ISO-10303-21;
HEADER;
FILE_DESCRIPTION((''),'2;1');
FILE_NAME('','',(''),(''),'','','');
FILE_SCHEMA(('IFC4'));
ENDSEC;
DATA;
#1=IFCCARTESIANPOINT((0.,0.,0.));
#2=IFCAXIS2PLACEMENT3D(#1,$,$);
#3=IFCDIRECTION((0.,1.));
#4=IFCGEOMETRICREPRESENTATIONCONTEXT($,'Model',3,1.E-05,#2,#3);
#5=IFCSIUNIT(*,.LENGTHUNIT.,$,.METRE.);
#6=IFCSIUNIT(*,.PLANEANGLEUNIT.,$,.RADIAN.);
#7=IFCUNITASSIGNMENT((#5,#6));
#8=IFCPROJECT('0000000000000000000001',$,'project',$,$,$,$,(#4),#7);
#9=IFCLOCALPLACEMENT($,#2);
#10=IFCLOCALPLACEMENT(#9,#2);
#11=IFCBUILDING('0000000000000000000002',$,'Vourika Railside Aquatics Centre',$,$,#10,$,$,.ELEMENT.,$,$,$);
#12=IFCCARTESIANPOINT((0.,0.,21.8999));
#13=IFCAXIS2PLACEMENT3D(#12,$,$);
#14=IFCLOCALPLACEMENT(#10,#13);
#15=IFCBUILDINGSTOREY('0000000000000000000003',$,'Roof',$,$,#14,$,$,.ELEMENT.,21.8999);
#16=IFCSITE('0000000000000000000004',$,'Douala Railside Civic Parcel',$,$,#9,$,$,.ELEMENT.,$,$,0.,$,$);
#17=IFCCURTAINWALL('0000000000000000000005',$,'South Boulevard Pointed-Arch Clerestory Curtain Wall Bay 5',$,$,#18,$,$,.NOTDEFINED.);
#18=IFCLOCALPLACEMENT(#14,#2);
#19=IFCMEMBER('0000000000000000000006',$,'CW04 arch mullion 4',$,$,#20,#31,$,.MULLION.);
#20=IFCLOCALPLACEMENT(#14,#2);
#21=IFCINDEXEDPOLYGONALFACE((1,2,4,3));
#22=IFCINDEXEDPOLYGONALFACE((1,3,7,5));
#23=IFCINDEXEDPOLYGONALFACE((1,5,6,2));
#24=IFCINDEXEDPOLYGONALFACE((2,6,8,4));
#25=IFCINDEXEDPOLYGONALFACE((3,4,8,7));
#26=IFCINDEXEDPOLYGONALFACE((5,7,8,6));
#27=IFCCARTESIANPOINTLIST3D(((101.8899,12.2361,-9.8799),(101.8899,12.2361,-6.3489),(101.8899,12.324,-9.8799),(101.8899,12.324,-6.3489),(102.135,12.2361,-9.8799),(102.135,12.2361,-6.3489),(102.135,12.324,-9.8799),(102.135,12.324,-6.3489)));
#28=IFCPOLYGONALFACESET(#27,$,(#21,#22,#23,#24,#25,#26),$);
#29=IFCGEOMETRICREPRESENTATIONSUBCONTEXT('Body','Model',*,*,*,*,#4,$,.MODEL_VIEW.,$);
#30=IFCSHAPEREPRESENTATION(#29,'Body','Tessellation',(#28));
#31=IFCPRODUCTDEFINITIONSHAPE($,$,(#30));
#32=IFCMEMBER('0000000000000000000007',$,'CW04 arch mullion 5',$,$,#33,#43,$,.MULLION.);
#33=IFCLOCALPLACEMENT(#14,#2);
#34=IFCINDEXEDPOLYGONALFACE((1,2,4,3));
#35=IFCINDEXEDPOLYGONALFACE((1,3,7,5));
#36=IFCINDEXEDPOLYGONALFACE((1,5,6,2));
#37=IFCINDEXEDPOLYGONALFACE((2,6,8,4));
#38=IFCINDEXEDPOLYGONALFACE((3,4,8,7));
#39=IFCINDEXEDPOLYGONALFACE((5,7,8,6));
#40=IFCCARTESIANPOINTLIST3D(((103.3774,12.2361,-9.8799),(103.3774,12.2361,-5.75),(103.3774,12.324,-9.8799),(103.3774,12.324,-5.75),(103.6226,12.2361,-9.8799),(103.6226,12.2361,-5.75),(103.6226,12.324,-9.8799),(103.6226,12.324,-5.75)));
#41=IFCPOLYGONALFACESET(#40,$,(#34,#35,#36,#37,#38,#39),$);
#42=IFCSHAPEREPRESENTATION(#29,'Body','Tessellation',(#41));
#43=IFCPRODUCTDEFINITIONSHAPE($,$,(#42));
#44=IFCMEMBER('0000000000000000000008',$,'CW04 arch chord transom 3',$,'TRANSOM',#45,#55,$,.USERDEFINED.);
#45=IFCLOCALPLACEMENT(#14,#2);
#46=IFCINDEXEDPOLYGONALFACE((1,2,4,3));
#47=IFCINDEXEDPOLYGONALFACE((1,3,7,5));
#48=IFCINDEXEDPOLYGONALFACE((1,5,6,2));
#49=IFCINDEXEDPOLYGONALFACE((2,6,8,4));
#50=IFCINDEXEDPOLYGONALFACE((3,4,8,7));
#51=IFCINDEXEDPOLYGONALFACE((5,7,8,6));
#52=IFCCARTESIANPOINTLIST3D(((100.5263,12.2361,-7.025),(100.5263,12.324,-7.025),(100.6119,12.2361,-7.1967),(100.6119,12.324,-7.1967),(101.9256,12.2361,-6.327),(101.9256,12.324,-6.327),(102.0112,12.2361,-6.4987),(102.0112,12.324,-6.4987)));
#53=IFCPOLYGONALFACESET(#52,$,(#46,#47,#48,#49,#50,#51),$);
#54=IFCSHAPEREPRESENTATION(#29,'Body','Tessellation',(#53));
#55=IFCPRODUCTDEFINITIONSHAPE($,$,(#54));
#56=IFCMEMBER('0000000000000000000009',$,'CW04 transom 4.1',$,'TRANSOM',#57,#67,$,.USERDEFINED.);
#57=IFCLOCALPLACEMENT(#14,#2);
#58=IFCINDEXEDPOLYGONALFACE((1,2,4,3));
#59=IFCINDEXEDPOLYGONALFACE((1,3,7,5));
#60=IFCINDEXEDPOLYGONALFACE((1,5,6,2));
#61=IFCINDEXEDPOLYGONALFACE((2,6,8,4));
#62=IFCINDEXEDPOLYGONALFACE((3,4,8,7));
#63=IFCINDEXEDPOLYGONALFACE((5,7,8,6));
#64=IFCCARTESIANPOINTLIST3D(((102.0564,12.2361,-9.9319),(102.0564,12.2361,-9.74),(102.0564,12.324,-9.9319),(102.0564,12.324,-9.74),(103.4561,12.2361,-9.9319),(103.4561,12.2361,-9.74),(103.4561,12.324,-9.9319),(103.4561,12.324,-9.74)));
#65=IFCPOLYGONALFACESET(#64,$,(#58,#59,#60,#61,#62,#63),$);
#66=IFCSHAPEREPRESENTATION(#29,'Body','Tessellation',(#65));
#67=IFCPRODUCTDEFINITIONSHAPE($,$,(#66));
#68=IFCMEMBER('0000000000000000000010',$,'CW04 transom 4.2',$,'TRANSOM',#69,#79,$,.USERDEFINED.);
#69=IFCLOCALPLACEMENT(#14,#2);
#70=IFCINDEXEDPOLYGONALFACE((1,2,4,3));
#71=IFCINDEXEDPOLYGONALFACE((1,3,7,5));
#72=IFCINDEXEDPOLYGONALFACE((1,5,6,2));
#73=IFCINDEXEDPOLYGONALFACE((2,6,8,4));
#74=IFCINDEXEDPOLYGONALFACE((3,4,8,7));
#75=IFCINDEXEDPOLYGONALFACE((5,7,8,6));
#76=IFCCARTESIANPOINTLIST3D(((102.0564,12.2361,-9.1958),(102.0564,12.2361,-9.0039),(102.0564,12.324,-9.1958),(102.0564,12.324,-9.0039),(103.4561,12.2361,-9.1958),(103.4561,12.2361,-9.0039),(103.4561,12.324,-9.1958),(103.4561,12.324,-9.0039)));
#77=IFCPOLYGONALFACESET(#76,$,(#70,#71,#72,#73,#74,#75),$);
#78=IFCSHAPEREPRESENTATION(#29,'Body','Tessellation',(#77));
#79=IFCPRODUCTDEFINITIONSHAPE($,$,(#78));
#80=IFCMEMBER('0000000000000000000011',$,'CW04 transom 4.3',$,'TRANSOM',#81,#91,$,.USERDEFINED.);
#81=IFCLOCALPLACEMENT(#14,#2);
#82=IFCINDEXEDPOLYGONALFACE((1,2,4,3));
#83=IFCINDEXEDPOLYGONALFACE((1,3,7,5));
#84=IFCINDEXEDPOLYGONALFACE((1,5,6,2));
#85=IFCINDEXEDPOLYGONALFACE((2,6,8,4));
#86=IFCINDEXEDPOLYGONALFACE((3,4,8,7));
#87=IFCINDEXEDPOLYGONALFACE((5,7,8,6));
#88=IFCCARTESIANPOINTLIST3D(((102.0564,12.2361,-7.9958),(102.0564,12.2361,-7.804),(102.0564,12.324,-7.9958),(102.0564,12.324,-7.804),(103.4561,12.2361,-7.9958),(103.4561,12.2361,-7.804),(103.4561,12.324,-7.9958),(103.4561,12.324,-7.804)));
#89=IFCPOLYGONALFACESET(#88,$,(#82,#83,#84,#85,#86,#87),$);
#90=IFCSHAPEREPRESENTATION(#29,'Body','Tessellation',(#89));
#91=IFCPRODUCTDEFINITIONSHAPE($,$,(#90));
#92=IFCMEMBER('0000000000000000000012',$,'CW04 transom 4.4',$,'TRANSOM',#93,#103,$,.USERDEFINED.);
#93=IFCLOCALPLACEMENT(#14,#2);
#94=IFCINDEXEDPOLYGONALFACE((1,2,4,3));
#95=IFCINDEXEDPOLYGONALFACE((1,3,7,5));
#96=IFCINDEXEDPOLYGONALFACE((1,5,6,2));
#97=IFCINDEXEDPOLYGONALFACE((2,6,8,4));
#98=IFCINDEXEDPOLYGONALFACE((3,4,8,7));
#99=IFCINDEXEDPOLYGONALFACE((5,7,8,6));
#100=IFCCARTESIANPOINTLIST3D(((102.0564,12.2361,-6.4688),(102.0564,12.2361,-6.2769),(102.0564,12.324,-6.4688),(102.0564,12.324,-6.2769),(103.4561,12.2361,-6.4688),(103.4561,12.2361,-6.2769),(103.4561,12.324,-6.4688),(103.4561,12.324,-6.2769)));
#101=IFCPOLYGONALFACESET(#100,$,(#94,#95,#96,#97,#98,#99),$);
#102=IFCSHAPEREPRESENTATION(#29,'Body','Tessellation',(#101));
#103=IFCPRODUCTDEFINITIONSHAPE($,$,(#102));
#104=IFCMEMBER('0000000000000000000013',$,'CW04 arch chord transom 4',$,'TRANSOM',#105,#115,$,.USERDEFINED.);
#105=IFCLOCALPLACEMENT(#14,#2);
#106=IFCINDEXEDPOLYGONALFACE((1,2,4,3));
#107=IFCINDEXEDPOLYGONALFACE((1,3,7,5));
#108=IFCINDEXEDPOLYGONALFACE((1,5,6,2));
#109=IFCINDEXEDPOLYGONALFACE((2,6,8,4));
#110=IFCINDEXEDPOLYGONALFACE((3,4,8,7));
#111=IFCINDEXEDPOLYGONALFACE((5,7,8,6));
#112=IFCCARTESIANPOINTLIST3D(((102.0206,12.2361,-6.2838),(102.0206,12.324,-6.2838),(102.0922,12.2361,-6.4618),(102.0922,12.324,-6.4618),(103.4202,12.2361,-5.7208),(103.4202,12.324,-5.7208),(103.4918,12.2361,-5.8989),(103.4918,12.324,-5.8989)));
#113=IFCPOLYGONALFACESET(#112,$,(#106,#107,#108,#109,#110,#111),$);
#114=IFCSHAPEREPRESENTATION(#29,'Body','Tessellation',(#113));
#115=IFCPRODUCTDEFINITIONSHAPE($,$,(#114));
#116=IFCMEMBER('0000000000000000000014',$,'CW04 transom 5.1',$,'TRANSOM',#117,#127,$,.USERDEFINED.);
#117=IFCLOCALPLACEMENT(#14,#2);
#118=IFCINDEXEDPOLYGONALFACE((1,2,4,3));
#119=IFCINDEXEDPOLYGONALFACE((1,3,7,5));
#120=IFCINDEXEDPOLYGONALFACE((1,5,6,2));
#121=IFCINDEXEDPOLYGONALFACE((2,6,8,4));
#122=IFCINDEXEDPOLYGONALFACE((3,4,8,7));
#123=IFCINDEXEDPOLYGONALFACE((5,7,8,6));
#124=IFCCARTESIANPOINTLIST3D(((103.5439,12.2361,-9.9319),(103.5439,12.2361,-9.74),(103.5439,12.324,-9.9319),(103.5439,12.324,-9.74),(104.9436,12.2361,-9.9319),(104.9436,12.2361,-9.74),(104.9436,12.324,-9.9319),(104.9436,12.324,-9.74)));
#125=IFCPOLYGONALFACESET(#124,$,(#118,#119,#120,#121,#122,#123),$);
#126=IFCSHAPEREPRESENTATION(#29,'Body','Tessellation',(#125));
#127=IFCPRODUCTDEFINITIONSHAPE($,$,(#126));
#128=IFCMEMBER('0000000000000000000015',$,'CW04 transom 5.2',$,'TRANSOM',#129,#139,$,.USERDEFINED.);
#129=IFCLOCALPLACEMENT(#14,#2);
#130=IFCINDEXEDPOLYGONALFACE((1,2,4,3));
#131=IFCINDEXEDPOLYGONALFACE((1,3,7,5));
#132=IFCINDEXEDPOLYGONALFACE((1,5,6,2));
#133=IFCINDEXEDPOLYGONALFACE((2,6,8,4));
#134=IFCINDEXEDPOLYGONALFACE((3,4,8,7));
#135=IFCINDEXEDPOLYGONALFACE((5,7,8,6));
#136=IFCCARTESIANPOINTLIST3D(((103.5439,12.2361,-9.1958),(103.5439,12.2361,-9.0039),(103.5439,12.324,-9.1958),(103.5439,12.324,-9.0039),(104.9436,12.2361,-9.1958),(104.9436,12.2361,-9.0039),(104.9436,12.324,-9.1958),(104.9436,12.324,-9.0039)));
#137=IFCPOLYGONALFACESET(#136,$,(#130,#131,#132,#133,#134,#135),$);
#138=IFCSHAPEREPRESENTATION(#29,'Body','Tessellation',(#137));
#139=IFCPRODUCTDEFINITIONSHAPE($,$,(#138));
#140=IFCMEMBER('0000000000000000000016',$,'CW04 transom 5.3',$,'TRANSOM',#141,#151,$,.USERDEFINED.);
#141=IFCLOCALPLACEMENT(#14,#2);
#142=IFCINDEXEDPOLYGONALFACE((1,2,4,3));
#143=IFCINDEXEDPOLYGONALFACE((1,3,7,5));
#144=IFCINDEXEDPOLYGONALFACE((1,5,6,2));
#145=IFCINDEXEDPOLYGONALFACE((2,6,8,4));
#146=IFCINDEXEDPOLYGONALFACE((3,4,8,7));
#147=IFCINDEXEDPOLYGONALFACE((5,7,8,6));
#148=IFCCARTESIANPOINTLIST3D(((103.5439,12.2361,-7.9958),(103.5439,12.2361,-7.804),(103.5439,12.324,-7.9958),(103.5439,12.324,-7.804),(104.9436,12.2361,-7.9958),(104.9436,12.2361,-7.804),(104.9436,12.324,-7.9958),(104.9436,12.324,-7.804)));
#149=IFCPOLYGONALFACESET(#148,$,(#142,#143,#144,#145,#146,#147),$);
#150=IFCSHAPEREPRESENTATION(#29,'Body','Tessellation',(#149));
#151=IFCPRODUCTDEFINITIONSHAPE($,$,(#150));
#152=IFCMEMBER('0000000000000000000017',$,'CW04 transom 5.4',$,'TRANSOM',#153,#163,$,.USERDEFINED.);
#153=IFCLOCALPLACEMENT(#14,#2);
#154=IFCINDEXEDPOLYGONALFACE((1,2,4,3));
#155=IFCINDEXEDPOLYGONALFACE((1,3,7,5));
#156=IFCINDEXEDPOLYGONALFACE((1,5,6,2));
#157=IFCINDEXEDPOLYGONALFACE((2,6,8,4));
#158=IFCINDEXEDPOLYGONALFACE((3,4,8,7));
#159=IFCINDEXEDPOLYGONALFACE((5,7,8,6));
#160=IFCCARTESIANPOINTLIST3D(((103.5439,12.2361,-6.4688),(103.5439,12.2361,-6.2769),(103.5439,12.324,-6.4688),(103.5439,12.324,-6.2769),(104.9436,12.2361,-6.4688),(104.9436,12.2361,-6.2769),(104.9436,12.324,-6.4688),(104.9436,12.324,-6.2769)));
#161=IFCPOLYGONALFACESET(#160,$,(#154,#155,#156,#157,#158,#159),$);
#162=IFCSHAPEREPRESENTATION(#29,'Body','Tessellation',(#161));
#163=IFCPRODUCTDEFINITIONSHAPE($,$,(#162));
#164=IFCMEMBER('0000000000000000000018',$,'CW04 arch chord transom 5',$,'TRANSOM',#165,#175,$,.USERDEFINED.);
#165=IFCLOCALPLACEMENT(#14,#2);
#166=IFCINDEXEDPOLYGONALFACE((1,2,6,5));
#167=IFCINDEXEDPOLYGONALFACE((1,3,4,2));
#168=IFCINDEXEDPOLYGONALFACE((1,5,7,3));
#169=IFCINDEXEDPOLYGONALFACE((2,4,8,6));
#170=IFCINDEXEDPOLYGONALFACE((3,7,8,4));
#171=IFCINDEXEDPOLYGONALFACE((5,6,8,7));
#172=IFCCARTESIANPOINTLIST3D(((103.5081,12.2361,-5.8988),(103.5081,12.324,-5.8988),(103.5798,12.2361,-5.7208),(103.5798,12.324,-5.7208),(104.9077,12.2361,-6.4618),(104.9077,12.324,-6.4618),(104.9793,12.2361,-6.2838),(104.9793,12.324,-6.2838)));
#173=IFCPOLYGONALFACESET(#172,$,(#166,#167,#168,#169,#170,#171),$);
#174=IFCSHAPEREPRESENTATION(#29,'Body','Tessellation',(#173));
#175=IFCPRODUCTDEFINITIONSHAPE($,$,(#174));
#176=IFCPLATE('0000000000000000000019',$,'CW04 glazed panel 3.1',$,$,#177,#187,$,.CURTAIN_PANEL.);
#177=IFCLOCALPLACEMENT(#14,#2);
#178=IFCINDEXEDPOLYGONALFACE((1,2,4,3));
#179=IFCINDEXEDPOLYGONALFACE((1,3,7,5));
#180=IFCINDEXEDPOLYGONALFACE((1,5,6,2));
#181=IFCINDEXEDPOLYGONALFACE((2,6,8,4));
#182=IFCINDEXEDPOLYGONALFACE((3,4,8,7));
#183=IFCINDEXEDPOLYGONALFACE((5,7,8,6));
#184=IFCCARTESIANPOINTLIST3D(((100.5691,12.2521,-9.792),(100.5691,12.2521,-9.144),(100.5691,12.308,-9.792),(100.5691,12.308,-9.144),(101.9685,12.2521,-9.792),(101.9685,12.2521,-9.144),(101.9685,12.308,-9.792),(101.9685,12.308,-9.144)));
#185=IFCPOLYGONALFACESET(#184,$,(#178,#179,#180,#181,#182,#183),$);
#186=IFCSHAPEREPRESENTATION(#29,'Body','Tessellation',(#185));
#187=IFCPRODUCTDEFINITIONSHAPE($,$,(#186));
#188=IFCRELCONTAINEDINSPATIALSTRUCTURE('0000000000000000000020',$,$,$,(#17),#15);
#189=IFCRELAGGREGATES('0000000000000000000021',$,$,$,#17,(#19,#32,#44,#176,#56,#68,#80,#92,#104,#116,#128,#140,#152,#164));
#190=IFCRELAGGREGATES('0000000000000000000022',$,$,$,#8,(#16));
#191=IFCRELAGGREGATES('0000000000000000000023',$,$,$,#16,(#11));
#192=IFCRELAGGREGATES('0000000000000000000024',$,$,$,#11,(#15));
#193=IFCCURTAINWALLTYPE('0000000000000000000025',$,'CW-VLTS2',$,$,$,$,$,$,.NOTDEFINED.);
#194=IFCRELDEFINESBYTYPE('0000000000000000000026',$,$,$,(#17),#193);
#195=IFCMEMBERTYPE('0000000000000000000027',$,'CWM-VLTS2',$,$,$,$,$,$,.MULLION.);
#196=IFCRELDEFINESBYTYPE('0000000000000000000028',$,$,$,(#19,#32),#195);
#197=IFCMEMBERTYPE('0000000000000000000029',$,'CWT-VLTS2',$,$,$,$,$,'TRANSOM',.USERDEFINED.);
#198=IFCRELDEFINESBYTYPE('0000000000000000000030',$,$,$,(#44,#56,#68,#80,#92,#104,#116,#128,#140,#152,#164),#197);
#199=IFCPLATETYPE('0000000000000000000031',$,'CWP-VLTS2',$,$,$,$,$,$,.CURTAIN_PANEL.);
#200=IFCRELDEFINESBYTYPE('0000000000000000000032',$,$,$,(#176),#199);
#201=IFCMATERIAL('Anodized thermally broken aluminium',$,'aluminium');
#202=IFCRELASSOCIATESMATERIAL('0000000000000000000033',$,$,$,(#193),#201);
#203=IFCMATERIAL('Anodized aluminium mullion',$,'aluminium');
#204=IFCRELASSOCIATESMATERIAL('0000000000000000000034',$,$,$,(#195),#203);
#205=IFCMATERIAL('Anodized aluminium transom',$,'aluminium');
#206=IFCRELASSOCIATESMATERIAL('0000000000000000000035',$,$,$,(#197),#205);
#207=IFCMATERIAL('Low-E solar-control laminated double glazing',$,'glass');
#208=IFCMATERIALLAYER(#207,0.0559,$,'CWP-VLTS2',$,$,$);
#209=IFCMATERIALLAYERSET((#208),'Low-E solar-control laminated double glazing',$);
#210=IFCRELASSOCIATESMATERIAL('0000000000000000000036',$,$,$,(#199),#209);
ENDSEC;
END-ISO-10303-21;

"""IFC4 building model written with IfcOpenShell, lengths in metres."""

from ifc_helpers import new_model, si_unit, direction, frame, origin, origin_2d, place, context, subcontext, project, spatial, rectangle, extrude, material, layer, layer_set, material_profile, profile_set, type_object, element, aggregate, save


model = new_model("IFC4")

# Units and contexts
model_context = context("Model", 3, precision=1e-05, world=origin(), true_north=direction((0.0, 1.0)))
body_context = subcontext(model_context, "Body", "Model", "MODEL_VIEW")
ifc_project = project(units=[si_unit("LENGTHUNIT", "METRE"), si_unit("PLANEANGLEUNIT", "RADIAN")], contexts=[model_context])

# Site, building, storey
site_placement = place(None, origin())
site = spatial("IfcSite", under=ifc_project, at=site_placement, Name="Douala Railside Civic Parcel", CompositionType="ELEMENT", RefElevation=0.0)
building_placement = place(site_placement, origin())
building = spatial("IfcBuilding", under=site, at=building_placement, Name="Vourika Railside Aquatics Centre", CompositionType="ELEMENT")
storey_placement = place(building_placement, frame((0.0, 0.0, 21.8999)))
storey = spatial("IfcBuildingStorey", under=building, at=storey_placement, Name="Roof", CompositionType="ELEMENT", Elevation=21.8999)

# Curtain wall, members, plate
ifc_material_1 = material(Name="Anodized thermally broken aluminium", Category="aluminium")
curtain_wall_type = type_object("IfcCurtainWallType", Name="CW-VLTS2", PredefinedType="NOTDEFINED", material=ifc_material_1)
curtain_wall_placement = place(storey_placement, origin())
curtain_wall = element("IfcCurtainWall", 1, at=curtain_wall_placement, inside=storey, type_object=curtain_wall_type, Name="South Boulevard Pointed-Arch Clerestory Curtain Wall Bay 5", PredefinedType="NOTDEFINED")
ifc_material_2 = material(Name="Anodized aluminium mullion", Category="aluminium")
ifc_material_profile_1 = material_profile(ifc_material_2, rectangle(XDim=0.0879, YDim=0.2451, at=origin_2d()), Name="ALU-M 88x245")
ifc_profile_set_1 = profile_set([ifc_material_profile_1], Name="Anodized aluminium mullion")
member_type_1 = type_object("IfcMemberType", Name="CWM-VLTS2", PredefinedType="MULLION", material=ifc_profile_set_1)
member_1_placement = place(storey_placement, frame((102.0125, 12.28, -9.8799), z_axis=(0.0, 0.0, 1.0), x_axis=(0.0, 1.0, 0.0)))
member_1 = element("IfcMember", 2, at=member_1_placement, type_object=member_type_1, Name="CW04 arch mullion 4", PredefinedType="MULLION", context=body_context, shape_type="SweptSolid", body=[
    extrude(rectangle(XDim=0.0879, YDim=0.2451, at=origin_2d()), origin(), (0.0, 0.0, 1.0), 3.531),
])
member_2_placement = place(storey_placement, frame((103.5, 12.28, -9.8799), z_axis=(0.0, 0.0, 1.0), x_axis=(0.0, 1.0, 0.0)))
member_2 = element("IfcMember", 3, at=member_2_placement, type_object=member_type_1, Name="CW04 arch mullion 5", PredefinedType="MULLION", context=body_context, shape_type="SweptSolid", body=[
    extrude(rectangle(XDim=0.0879, YDim=0.2451, at=origin_2d()), origin(), (0.0, 0.0, 1.0), 4.1299),
])
ifc_material_3 = material(Name="Anodized aluminium transom", Category="aluminium")
ifc_material_profile_2 = material_profile(ifc_material_3, rectangle(XDim=0.0879, YDim=0.1919, at=origin_2d()), Name="ALU-T 88x192")
ifc_profile_set_2 = profile_set([ifc_material_profile_2], Name="Anodized aluminium transom")
member_type_2 = type_object("IfcMemberType", Name="CWT-VLTS2", ElementType="TRANSOM", PredefinedType="USERDEFINED", material=ifc_profile_set_2)
member_3_placement = place(storey_placement, frame((100.5691, 12.28, -7.1108), z_axis=(0.894864, 0.0, 0.446339), x_axis=(0.0, 1.0, 0.0)))
member_3 = element("IfcMember", 4, at=member_3_placement, type_object=member_type_2, Name="CW04 arch chord transom 3", ObjectType="TRANSOM", PredefinedType="USERDEFINED", context=body_context, shape_type="SweptSolid", body=[
    extrude(rectangle(XDim=0.0879, YDim=0.1919, at=origin_2d()), origin(), (0.0, 0.0, 1.0), 1.5637),
])
member_4_placement = place(storey_placement, frame((102.0564, 12.28, -9.8359), z_axis=(1.0, 0.0, 0.0), x_axis=(0.0, 1.0, 0.0)))
member_4 = element("IfcMember", 5, at=member_4_placement, type_object=member_type_2, Name="CW04 transom 4.1", ObjectType="TRANSOM", PredefinedType="USERDEFINED", context=body_context, shape_type="SweptSolid", body=[
    extrude(rectangle(XDim=0.0879, YDim=0.1919, at=origin_2d()), origin(), (0.0, 0.0, 1.0), 1.3997),
])
member_5_placement = place(storey_placement, frame((102.0564, 12.28, -9.0999), z_axis=(1.0, 0.0, 0.0), x_axis=(0.0, 1.0, 0.0)))
member_5 = element("IfcMember", 6, at=member_5_placement, type_object=member_type_2, Name="CW04 transom 4.2", ObjectType="TRANSOM", PredefinedType="USERDEFINED", context=body_context, shape_type="SweptSolid", body=[
    extrude(rectangle(XDim=0.0879, YDim=0.1919, at=origin_2d()), origin(), (0.0, 0.0, 1.0), 1.3997),
])
member_6_placement = place(storey_placement, frame((102.0564, 12.28, -7.8999), z_axis=(1.0, 0.0, 0.0), x_axis=(0.0, 1.0, 0.0)))
member_6 = element("IfcMember", 7, at=member_6_placement, type_object=member_type_2, Name="CW04 transom 4.3", ObjectType="TRANSOM", PredefinedType="USERDEFINED", context=body_context, shape_type="SweptSolid", body=[
    extrude(rectangle(XDim=0.0879, YDim=0.1919, at=origin_2d()), origin(), (0.0, 0.0, 1.0), 1.3997),
])
member_7_placement = place(storey_placement, frame((102.0564, 12.28, -6.3728), z_axis=(1.0, 0.0, 0.0), x_axis=(0.0, 1.0, 0.0)))
member_7 = element("IfcMember", 8, at=member_7_placement, type_object=member_type_2, Name="CW04 transom 4.4", ObjectType="TRANSOM", PredefinedType="USERDEFINED", context=body_context, shape_type="SweptSolid", body=[
    extrude(rectangle(XDim=0.0879, YDim=0.1919, at=origin_2d()), origin(), (0.0, 0.0, 1.0), 1.3997),
])
member_8_placement = place(storey_placement, frame((102.0564, 12.28, -6.3728), z_axis=(0.927761, 0.0, 0.373176), x_axis=(0.0, 1.0, 0.0)))
member_8 = element("IfcMember", 9, at=member_8_placement, type_object=member_type_2, Name="CW04 arch chord transom 4", ObjectType="TRANSOM", PredefinedType="USERDEFINED", context=body_context, shape_type="SweptSolid", body=[
    extrude(rectangle(XDim=0.0879, YDim=0.1919, at=origin_2d()), origin(), (0.0, 0.0, 1.0), 1.5085),
])
member_9_placement = place(storey_placement, frame((103.5439, 12.28, -9.8359), z_axis=(1.0, 0.0, 0.0), x_axis=(0.0, 1.0, 0.0)))
member_9 = element("IfcMember", 10, at=member_9_placement, type_object=member_type_2, Name="CW04 transom 5.1", ObjectType="TRANSOM", PredefinedType="USERDEFINED", context=body_context, shape_type="SweptSolid", body=[
    extrude(rectangle(XDim=0.0879, YDim=0.1919, at=origin_2d()), origin(), (0.0, 0.0, 1.0), 1.3997),
])
member_10_placement = place(storey_placement, frame((103.5439, 12.28, -9.0999), z_axis=(1.0, 0.0, 0.0), x_axis=(0.0, 1.0, 0.0)))
member_10 = element("IfcMember", 11, at=member_10_placement, type_object=member_type_2, Name="CW04 transom 5.2", ObjectType="TRANSOM", PredefinedType="USERDEFINED", context=body_context, shape_type="SweptSolid", body=[
    extrude(rectangle(XDim=0.0879, YDim=0.1919, at=origin_2d()), origin(), (0.0, 0.0, 1.0), 1.3997),
])
member_11_placement = place(storey_placement, frame((103.5439, 12.28, -7.8999), z_axis=(1.0, 0.0, 0.0), x_axis=(0.0, 1.0, 0.0)))
member_11 = element("IfcMember", 12, at=member_11_placement, type_object=member_type_2, Name="CW04 transom 5.3", ObjectType="TRANSOM", PredefinedType="USERDEFINED", context=body_context, shape_type="SweptSolid", body=[
    extrude(rectangle(XDim=0.0879, YDim=0.1919, at=origin_2d()), origin(), (0.0, 0.0, 1.0), 1.3997),
])
member_12_placement = place(storey_placement, frame((103.5439, 12.28, -6.3728), z_axis=(1.0, 0.0, 0.0), x_axis=(0.0, 1.0, 0.0)))
member_12 = element("IfcMember", 13, at=member_12_placement, type_object=member_type_2, Name="CW04 transom 5.4", ObjectType="TRANSOM", PredefinedType="USERDEFINED", context=body_context, shape_type="SweptSolid", body=[
    extrude(rectangle(XDim=0.0879, YDim=0.1919, at=origin_2d()), origin(), (0.0, 0.0, 1.0), 1.3997),
])
member_13_placement = place(storey_placement, frame((103.5439, 12.28, -5.8098), z_axis=(0.927761, 0.0, -0.373176), x_axis=(0.0, 1.0, 0.0)))
member_13 = element("IfcMember", 14, at=member_13_placement, type_object=member_type_2, Name="CW04 arch chord transom 5", ObjectType="TRANSOM", PredefinedType="USERDEFINED", context=body_context, shape_type="SweptSolid", body=[
    extrude(rectangle(XDim=0.0879, YDim=0.1919, at=origin_2d()), origin(), (0.0, 0.0, 1.0), 1.5085),
])
ifc_material_4 = material(Name="Low-E solar-control laminated double glazing", Category="glass")
ifc_layer_1 = layer(ifc_material_4, 0.0559, Name="CWP-VLTS2")
ifc_layer_set_1 = layer_set([ifc_layer_1], Name="Low-E solar-control laminated double glazing")
plate_type = type_object("IfcPlateType", Name="CWP-VLTS2", PredefinedType="CURTAIN_PANEL", material=ifc_layer_set_1)
plate_1_placement = place(storey_placement, frame((101.2688, 12.28, -9.792), z_axis=(0.0, 0.0, 1.0), x_axis=(1.0, 0.0, 0.0)))
plate_1 = element("IfcPlate", 15, at=plate_1_placement, type_object=plate_type, Name="CW04 glazed panel 3.1", PredefinedType="CURTAIN_PANEL", context=body_context, shape_type="SweptSolid", body=[
    extrude(rectangle(XDim=1.3994, YDim=0.0559, at=origin_2d()), origin(), (0.0, 0.0, 1.0), 0.6479),
])
aggregate(curtain_wall, [member_1, member_2, member_3, plate_1, member_4, member_5, member_6, member_7, member_8, member_9, member_10, member_11, member_12, member_13])

save(model, "model.ifc")
